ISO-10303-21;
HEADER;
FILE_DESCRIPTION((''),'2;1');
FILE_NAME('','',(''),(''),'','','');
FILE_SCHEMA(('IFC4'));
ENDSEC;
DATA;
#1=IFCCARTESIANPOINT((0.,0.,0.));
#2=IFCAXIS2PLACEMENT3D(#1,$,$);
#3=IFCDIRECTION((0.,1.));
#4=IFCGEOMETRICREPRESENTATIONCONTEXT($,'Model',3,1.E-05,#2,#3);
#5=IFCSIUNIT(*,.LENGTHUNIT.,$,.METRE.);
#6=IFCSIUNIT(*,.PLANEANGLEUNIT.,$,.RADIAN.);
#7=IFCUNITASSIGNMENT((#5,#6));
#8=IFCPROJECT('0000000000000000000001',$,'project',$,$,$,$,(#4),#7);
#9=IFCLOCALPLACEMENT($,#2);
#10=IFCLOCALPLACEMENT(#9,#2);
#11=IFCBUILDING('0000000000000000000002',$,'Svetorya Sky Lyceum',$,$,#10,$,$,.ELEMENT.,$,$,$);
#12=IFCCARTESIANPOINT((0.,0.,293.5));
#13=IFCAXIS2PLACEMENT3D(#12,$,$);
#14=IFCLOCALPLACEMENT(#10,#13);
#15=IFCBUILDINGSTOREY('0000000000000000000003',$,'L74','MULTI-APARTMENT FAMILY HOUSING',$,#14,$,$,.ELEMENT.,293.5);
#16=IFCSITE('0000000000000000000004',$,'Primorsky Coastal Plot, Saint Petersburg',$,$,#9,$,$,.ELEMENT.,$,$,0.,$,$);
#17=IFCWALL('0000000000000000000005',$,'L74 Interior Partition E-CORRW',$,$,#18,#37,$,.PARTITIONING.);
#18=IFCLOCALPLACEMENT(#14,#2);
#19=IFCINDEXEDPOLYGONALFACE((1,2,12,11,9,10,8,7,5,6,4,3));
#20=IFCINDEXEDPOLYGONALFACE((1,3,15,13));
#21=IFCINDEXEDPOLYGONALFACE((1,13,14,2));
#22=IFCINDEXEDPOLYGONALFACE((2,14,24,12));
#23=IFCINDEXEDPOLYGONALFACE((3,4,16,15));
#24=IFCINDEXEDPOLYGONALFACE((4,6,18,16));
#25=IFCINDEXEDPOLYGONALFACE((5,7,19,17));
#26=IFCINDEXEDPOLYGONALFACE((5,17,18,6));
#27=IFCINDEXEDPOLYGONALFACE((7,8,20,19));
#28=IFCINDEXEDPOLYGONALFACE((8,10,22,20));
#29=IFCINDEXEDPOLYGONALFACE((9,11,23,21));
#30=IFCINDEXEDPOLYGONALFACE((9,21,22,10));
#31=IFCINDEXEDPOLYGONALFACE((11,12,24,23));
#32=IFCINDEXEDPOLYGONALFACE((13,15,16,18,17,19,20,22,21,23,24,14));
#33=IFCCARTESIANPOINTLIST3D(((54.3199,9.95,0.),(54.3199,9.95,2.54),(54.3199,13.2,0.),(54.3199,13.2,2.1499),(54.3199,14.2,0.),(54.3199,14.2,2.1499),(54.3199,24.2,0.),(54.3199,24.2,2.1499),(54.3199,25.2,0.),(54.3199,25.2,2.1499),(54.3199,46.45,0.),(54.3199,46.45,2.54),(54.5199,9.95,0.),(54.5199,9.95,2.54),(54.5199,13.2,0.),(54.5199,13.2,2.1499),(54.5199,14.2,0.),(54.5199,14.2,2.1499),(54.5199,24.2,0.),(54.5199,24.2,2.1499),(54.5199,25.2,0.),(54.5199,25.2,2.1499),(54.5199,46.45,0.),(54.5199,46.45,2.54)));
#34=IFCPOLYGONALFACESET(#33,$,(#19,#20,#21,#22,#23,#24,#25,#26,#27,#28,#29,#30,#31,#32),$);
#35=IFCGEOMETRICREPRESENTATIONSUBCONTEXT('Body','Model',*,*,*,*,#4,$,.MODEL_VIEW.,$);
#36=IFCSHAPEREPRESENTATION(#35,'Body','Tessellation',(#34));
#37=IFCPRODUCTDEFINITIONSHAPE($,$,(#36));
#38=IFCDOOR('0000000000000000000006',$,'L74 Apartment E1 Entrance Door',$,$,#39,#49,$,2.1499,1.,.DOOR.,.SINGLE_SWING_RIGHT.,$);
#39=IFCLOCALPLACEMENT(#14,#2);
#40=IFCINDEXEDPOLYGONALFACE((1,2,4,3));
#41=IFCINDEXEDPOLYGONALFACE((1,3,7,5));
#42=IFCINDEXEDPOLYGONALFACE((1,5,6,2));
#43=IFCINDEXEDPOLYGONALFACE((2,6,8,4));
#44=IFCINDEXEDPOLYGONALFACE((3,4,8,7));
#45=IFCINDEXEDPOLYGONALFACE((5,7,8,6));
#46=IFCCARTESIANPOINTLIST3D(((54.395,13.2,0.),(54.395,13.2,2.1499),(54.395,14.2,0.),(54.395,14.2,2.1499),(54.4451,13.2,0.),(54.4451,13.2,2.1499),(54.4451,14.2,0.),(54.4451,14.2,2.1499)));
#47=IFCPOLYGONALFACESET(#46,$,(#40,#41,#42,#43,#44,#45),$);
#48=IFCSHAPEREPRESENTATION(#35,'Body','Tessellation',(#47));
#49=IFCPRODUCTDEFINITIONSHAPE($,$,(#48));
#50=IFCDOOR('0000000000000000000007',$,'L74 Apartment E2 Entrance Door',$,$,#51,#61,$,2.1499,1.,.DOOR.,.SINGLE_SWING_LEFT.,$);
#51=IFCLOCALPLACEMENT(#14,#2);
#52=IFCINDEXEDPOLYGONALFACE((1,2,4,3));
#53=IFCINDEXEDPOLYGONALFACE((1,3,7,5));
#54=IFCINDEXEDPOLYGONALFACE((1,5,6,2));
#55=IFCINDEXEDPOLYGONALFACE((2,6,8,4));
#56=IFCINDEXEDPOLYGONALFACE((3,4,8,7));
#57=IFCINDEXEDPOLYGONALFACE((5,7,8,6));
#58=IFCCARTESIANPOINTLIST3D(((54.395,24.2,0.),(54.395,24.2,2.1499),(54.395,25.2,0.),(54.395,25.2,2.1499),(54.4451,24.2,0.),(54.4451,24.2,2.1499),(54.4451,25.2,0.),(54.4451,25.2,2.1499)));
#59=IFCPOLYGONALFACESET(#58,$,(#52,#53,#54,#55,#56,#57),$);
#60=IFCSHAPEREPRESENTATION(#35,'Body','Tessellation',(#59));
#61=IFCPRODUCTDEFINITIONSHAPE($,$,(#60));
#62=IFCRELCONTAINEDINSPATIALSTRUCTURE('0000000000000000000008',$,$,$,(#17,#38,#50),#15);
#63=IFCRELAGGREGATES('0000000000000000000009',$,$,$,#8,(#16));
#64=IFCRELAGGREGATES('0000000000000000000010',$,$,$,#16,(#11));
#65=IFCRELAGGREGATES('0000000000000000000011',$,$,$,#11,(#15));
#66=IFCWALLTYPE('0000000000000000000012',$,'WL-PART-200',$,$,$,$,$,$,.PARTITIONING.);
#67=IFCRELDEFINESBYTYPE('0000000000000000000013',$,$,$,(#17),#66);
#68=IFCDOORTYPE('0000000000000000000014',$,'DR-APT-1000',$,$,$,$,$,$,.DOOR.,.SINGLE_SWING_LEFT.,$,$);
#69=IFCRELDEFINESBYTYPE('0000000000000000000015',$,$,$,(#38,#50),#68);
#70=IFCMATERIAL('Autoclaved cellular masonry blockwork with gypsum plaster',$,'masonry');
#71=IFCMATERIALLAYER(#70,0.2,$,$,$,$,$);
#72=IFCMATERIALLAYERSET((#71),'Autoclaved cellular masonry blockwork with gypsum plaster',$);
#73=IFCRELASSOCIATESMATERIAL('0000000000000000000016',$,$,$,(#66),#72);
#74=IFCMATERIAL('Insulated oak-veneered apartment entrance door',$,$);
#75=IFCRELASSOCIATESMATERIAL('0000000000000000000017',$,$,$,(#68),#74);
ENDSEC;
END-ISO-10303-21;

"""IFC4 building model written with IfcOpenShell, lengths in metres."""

from ifc_helpers import new_model, si_unit, direction, frame, frame_2d, origin, place, context, subcontext, project, spatial, rectangle, extrude, material, layer, layer_set, type_object, element, fill, save


model = new_model("IFC4")

# Units and contexts
model_context = context("Model", 3, precision=1e-05, world=origin(), true_north=direction((0.0, 1.0)))
body_context = subcontext(model_context, "Body", "Model", "MODEL_VIEW")
ifc_project = project(units=[si_unit("LENGTHUNIT", "METRE"), si_unit("PLANEANGLEUNIT", "RADIAN")], contexts=[model_context])

# Site, building, storey
site_placement = place(None, origin())
site = spatial("IfcSite", under=ifc_project, at=site_placement, Name="Primorsky Coastal Plot, Saint Petersburg", CompositionType="ELEMENT", RefElevation=0.0)
building_placement = place(site_placement, origin())
building = spatial("IfcBuilding", under=site, at=building_placement, Name="Svetorya Sky Lyceum", CompositionType="ELEMENT")
storey_placement = place(building_placement, frame((0.0, 0.0, 293.5)))
storey = spatial("IfcBuildingStorey", under=building, at=storey_placement, Name="L74", Description="MULTI-APARTMENT FAMILY HOUSING", CompositionType="ELEMENT", Elevation=293.5)

# Wall, openings, doors
ifc_material_1 = material(Name="Autoclaved cellular masonry blockwork with gypsum plaster", Category="masonry")
ifc_layer_1 = layer(ifc_material_1, 0.2)
ifc_layer_set_1 = layer_set([ifc_layer_1], Name="Autoclaved cellular masonry blockwork with gypsum plaster")
wall_type_1 = type_object("IfcWallType", Name="WL-PART-200", PredefinedType="PARTITIONING", material=ifc_layer_set_1)
wall_1_placement = place(storey_placement, frame((54.4199, 9.95, 0.0), z_axis=(0.0, 0.0, 1.0), x_axis=(0.0, 1.0, 0.0)))
wall_1 = element("IfcWall", 1, at=wall_1_placement, inside=storey, type_object=wall_type_1, Name="L74 Interior Partition E-CORRW", PredefinedType="PARTITIONING", context=body_context, shape_type="SweptSolid", body=[
    extrude(rectangle(XDim=36.5, YDim=0.2, at=frame_2d((18.25, 0.0))), origin(), (0.0, 0.0, 1.0), 2.54),
])
opening_1_placement = place(wall_1_placement, frame((3.25, 0.0, 0.0)))
opening_1 = element("IfcOpeningElement", 2, at=opening_1_placement, cuts=wall_1, PredefinedType="OPENING", context=body_context, shape_type="SweptSolid", body=[
    extrude(rectangle(XDim=1.0, YDim=2.1499, at=frame_2d((0.5, 1.075))), frame((0.0, 0.1099, 0.0), z_axis=(0.0, -1.0, 0.0), x_axis=(1.0, 0.0, 0.0)), (0.0, 0.0, 1.0), 0.22),
])
opening_2_placement = place(wall_1_placement, frame((14.25, 0.0, 0.0)))
opening_2 = element("IfcOpeningElement", 3, at=opening_2_placement, cuts=wall_1, PredefinedType="OPENING", context=body_context, shape_type="SweptSolid", body=[
    extrude(rectangle(XDim=1.0, YDim=2.1499, at=frame_2d((0.5, 1.075))), frame((0.0, 0.1099, 0.0), z_axis=(0.0, -1.0, 0.0), x_axis=(1.0, 0.0, 0.0)), (0.0, 0.0, 1.0), 0.22),
])
ifc_material_2 = material(Name="Insulated oak-veneered apartment entrance door")
door_type_1 = type_object("IfcDoorType", Name="DR-APT-1000", OperationType="SINGLE_SWING_LEFT", PredefinedType="DOOR", material=ifc_material_2)
door_1_placement = place(opening_1_placement, origin())
door_1 = element("IfcDoor", 4, at=door_1_placement, inside=storey, type_object=door_type_1, Name="L74 Apartment E1 Entrance Door", OperationType="SINGLE_SWING_RIGHT", OverallHeight=2.1499, OverallWidth=1.0, PredefinedType="DOOR", context=body_context, shape_type="SweptSolid", body=[
    extrude(rectangle(XDim=1.0, YDim=2.1499, at=frame_2d((0.5, 1.075))), frame((0.0, 0.0249, 0.0), z_axis=(0.0, -1.0, 0.0), x_axis=(1.0, 0.0, 0.0)), (0.0, 0.0, 1.0), 0.05),
])
fill(opening_1, door_1)
door_2_placement = place(opening_2_placement, origin())
door_2 = element("IfcDoor", 5, at=door_2_placement, inside=storey, type_object=door_type_1, Name="L74 Apartment E2 Entrance Door", OperationType="SINGLE_SWING_LEFT", OverallHeight=2.1499, OverallWidth=1.0, PredefinedType="DOOR", context=body_context, shape_type="SweptSolid", body=[
    extrude(rectangle(XDim=1.0, YDim=2.1499, at=frame_2d((0.5, 1.075))), frame((0.0, 0.0249, 0.0), z_axis=(0.0, -1.0, 0.0), x_axis=(1.0, 0.0, 0.0)), (0.0, 0.0, 1.0), 0.05),
])
fill(opening_2, door_2)

save(model, "model.ifc")
